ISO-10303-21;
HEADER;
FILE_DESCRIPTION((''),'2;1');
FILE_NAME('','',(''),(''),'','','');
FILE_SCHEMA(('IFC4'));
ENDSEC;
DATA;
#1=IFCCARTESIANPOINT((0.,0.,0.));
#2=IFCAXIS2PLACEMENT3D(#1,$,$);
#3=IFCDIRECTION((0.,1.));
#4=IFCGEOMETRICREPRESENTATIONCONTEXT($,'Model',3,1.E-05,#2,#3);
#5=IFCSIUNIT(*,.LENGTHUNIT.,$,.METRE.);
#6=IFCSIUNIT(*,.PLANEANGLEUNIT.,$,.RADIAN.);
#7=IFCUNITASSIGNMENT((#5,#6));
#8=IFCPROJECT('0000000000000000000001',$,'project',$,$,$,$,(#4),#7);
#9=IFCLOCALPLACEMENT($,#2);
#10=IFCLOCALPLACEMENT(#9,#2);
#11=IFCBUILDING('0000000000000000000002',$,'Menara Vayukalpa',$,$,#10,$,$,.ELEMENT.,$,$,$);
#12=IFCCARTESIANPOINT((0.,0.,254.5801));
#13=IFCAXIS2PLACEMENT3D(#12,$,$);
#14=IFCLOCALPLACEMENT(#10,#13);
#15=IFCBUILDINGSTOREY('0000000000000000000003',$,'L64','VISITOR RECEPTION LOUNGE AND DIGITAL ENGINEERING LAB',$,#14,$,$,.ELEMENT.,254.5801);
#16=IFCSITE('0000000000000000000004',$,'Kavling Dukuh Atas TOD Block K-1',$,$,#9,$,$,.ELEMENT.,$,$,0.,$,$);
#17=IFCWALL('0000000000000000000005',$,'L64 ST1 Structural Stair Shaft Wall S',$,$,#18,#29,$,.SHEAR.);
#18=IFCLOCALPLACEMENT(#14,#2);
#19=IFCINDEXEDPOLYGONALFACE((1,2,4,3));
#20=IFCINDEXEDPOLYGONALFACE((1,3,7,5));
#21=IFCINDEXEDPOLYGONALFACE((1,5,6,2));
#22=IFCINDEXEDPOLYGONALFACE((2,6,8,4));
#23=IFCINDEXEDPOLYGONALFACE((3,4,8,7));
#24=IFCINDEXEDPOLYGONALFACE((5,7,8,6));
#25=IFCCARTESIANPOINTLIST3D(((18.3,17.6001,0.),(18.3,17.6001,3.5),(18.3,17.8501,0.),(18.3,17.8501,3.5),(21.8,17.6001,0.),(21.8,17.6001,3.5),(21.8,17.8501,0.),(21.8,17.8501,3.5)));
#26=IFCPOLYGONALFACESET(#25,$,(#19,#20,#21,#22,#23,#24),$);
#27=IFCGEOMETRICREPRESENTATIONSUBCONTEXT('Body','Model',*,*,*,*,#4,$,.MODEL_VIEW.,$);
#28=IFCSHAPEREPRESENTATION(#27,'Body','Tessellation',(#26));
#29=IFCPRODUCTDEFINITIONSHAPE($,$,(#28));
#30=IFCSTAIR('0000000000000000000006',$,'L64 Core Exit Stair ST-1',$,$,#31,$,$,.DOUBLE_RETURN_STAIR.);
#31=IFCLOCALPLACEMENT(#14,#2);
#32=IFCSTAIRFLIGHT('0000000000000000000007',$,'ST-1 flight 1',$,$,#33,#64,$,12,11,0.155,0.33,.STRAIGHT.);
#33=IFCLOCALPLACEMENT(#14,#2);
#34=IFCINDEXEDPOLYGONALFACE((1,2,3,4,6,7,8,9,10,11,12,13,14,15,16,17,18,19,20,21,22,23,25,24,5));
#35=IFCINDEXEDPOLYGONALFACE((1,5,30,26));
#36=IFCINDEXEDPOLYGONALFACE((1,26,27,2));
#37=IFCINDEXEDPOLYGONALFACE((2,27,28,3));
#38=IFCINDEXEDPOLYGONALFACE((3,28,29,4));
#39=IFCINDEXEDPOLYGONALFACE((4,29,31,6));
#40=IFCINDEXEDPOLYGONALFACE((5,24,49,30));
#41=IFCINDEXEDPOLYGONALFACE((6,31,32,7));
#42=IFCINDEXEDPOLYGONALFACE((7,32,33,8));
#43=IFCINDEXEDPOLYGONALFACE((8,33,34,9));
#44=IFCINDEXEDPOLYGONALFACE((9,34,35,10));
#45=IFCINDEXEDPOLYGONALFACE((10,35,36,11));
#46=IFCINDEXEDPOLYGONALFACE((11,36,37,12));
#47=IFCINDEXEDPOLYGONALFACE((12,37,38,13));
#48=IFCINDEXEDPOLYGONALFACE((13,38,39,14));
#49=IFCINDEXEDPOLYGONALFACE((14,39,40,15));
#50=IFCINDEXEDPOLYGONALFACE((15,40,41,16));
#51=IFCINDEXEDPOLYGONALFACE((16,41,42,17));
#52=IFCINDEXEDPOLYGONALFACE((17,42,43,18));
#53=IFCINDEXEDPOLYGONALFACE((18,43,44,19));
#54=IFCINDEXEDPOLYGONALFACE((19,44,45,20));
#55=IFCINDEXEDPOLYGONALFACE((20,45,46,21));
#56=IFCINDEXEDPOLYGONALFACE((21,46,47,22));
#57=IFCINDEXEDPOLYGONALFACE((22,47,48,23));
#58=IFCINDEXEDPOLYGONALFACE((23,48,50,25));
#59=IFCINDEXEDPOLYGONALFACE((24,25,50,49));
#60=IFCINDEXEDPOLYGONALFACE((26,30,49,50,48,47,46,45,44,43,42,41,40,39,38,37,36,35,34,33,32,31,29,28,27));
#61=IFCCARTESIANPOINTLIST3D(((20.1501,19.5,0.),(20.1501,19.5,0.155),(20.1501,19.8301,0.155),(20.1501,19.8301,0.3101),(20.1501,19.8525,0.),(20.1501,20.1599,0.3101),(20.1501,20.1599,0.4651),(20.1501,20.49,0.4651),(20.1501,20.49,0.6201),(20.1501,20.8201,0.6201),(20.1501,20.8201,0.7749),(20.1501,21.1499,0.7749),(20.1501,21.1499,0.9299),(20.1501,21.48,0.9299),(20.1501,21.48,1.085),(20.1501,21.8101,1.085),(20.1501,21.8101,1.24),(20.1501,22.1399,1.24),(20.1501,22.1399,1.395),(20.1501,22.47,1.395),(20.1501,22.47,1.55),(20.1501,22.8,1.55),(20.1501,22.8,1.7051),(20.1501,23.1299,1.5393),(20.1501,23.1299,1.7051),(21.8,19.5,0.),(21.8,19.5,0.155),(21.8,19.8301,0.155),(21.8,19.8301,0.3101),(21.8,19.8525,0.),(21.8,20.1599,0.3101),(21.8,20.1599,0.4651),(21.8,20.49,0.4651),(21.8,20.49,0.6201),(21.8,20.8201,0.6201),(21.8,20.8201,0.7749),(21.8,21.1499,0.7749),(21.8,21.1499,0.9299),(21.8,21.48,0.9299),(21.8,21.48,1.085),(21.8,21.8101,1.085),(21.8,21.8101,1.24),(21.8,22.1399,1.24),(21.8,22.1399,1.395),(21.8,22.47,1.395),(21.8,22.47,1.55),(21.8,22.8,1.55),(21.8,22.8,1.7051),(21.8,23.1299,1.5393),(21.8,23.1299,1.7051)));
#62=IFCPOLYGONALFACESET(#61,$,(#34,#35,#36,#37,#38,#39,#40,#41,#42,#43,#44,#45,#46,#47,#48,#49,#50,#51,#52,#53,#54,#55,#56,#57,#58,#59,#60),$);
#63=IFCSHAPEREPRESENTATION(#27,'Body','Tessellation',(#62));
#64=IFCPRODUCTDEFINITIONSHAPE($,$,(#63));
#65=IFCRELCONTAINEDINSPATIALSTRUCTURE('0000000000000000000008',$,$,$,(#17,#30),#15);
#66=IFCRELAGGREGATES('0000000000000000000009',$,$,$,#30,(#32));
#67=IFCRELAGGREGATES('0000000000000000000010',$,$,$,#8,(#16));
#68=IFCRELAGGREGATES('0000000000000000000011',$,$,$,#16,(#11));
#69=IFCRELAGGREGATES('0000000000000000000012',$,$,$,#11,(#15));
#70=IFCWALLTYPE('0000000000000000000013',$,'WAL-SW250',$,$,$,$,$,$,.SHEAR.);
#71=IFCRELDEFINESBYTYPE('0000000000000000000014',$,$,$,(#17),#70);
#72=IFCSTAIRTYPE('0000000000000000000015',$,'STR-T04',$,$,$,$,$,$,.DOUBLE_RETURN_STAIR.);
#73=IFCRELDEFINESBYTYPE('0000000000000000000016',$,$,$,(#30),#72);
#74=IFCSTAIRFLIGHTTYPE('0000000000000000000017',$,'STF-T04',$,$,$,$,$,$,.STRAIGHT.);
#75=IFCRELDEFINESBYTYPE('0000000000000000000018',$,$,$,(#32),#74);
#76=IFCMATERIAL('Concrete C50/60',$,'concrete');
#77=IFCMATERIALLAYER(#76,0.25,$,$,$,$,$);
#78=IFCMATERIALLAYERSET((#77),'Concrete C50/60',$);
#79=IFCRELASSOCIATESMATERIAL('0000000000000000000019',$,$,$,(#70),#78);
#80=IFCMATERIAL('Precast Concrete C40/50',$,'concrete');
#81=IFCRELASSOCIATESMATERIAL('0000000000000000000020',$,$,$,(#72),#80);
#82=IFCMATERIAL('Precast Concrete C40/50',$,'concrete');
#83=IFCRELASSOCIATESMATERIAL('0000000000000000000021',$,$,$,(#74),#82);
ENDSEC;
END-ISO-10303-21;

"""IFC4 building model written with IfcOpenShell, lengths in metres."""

from ifc_helpers import new_model, si_unit, direction, frame, frame_2d, origin, place, context, subcontext, project, spatial, polyline, rectangle, outline, extrude, material, layer, layer_set, type_object, element, aggregate, save


model = new_model("IFC4")

# Units and contexts
model_context = context("Model", 3, precision=1e-05, world=origin(), true_north=direction((0.0, 1.0)))
body_context = subcontext(model_context, "Body", "Model", "MODEL_VIEW")
ifc_project = project(units=[si_unit("LENGTHUNIT", "METRE"), si_unit("PLANEANGLEUNIT", "RADIAN")], contexts=[model_context])

# Site, building, storey
site_placement = place(None, origin())
site = spatial("IfcSite", under=ifc_project, at=site_placement, Name="Kavling Dukuh Atas TOD Block K-1", CompositionType="ELEMENT", RefElevation=0.0)
building_placement = place(site_placement, origin())
building = spatial("IfcBuilding", under=site, at=building_placement, Name="Menara Vayukalpa", CompositionType="ELEMENT")
storey_placement = place(building_placement, frame((0.0, 0.0, 254.5801)))
storey = spatial("IfcBuildingStorey", under=building, at=storey_placement, Name="L64", Description="VISITOR RECEPTION LOUNGE AND DIGITAL ENGINEERING LAB", CompositionType="ELEMENT", Elevation=254.5801)

# Shared definitions
ifc_material_1 = material(Name="Concrete C50/60", Category="concrete")
ifc_layer_1 = layer(ifc_material_1, 0.25)
ifc_layer_set_1 = layer_set([ifc_layer_1], Name="Concrete C50/60")
wall_type_1 = type_object("IfcWallType", Name="WAL-SW250", PredefinedType="SHEAR", material=ifc_layer_set_1)

# Wall
wall_1_placement = place(storey_placement, frame((18.3, 17.7251, 0.0), z_axis=(0.0, 0.0, 1.0), x_axis=(1.0, 0.0, 0.0)))
element("IfcWall", 1, at=wall_1_placement, inside=storey, type_object=wall_type_1, Name="L64 ST1 Structural Stair Shaft Wall S", PredefinedType="SHEAR", context=body_context, shape_type="SweptSolid", body=[
    extrude(rectangle(XDim=3.5, YDim=0.25, at=frame_2d((1.75, 0.0))), origin(), (0.0, 0.0, 1.0), 3.5),
])

# Stair, stair flight
ifc_material_2 = material(Name="Precast Concrete C40/50", Category="concrete")
stair_type = type_object("IfcStairType", Name="STR-T04", PredefinedType="DOUBLE_RETURN_STAIR", material=ifc_material_2)
stair_placement = place(storey_placement, origin())
stair = element("IfcStair", 2, at=stair_placement, inside=storey, type_object=stair_type, Name="L64 Core Exit Stair ST-1", PredefinedType="DOUBLE_RETURN_STAIR")
ifc_material_3 = material(Name="Precast Concrete C40/50", Category="concrete")
stair_flight_type = type_object("IfcStairFlightType", Name="STF-T04", PredefinedType="STRAIGHT", material=ifc_material_3)
stair_flight_placement = place(storey_placement, frame((20.9751, 19.5, 0.0), z_axis=(0.0, 0.0, 1.0), x_axis=(0.0, 1.0, 0.0)))
stair_flight = element("IfcStairFlight", 3, at=stair_flight_placement, type_object=stair_flight_type, Name="ST-1 flight 1", NumberOfRisers=12, NumberOfTreads=11, PredefinedType="STRAIGHT", RiserHeight=0.155, TreadLength=0.33, context=body_context, shape_type="SweptSolid", body=[
    extrude(outline(polyline([(0.0, 0.0), (0.0, 0.155), (0.3301, 0.155), (0.3301, 0.3101), (0.6599, 0.3101), (0.6599, 0.4651), (0.99, 0.4651), (0.99, 0.6201), (1.3201, 0.6201), (1.3201, 0.7749), (1.6499, 0.7749), (1.6499, 0.9299), (1.98, 0.9299), (1.98, 1.085), (2.3101, 1.085), (2.3101, 1.24), (2.6399, 1.24), (2.6399, 1.395), (2.97, 1.395), (2.97, 1.55), (3.3, 1.55), (3.3, 1.7051), (3.6299, 1.7051), (3.6299, 1.8601), (3.6299, 1.5393), (0.3525, 0.0), (0.0, 0.0)])), frame((0.0, 0.825, 0.0), z_axis=(0.0, -1.0, 0.0), x_axis=(1.0, 0.0, 0.0)), (0.0, 0.0, 1.0), 1.6499),
])
aggregate(stair, [stair_flight])

save(model, "model.ifc")
